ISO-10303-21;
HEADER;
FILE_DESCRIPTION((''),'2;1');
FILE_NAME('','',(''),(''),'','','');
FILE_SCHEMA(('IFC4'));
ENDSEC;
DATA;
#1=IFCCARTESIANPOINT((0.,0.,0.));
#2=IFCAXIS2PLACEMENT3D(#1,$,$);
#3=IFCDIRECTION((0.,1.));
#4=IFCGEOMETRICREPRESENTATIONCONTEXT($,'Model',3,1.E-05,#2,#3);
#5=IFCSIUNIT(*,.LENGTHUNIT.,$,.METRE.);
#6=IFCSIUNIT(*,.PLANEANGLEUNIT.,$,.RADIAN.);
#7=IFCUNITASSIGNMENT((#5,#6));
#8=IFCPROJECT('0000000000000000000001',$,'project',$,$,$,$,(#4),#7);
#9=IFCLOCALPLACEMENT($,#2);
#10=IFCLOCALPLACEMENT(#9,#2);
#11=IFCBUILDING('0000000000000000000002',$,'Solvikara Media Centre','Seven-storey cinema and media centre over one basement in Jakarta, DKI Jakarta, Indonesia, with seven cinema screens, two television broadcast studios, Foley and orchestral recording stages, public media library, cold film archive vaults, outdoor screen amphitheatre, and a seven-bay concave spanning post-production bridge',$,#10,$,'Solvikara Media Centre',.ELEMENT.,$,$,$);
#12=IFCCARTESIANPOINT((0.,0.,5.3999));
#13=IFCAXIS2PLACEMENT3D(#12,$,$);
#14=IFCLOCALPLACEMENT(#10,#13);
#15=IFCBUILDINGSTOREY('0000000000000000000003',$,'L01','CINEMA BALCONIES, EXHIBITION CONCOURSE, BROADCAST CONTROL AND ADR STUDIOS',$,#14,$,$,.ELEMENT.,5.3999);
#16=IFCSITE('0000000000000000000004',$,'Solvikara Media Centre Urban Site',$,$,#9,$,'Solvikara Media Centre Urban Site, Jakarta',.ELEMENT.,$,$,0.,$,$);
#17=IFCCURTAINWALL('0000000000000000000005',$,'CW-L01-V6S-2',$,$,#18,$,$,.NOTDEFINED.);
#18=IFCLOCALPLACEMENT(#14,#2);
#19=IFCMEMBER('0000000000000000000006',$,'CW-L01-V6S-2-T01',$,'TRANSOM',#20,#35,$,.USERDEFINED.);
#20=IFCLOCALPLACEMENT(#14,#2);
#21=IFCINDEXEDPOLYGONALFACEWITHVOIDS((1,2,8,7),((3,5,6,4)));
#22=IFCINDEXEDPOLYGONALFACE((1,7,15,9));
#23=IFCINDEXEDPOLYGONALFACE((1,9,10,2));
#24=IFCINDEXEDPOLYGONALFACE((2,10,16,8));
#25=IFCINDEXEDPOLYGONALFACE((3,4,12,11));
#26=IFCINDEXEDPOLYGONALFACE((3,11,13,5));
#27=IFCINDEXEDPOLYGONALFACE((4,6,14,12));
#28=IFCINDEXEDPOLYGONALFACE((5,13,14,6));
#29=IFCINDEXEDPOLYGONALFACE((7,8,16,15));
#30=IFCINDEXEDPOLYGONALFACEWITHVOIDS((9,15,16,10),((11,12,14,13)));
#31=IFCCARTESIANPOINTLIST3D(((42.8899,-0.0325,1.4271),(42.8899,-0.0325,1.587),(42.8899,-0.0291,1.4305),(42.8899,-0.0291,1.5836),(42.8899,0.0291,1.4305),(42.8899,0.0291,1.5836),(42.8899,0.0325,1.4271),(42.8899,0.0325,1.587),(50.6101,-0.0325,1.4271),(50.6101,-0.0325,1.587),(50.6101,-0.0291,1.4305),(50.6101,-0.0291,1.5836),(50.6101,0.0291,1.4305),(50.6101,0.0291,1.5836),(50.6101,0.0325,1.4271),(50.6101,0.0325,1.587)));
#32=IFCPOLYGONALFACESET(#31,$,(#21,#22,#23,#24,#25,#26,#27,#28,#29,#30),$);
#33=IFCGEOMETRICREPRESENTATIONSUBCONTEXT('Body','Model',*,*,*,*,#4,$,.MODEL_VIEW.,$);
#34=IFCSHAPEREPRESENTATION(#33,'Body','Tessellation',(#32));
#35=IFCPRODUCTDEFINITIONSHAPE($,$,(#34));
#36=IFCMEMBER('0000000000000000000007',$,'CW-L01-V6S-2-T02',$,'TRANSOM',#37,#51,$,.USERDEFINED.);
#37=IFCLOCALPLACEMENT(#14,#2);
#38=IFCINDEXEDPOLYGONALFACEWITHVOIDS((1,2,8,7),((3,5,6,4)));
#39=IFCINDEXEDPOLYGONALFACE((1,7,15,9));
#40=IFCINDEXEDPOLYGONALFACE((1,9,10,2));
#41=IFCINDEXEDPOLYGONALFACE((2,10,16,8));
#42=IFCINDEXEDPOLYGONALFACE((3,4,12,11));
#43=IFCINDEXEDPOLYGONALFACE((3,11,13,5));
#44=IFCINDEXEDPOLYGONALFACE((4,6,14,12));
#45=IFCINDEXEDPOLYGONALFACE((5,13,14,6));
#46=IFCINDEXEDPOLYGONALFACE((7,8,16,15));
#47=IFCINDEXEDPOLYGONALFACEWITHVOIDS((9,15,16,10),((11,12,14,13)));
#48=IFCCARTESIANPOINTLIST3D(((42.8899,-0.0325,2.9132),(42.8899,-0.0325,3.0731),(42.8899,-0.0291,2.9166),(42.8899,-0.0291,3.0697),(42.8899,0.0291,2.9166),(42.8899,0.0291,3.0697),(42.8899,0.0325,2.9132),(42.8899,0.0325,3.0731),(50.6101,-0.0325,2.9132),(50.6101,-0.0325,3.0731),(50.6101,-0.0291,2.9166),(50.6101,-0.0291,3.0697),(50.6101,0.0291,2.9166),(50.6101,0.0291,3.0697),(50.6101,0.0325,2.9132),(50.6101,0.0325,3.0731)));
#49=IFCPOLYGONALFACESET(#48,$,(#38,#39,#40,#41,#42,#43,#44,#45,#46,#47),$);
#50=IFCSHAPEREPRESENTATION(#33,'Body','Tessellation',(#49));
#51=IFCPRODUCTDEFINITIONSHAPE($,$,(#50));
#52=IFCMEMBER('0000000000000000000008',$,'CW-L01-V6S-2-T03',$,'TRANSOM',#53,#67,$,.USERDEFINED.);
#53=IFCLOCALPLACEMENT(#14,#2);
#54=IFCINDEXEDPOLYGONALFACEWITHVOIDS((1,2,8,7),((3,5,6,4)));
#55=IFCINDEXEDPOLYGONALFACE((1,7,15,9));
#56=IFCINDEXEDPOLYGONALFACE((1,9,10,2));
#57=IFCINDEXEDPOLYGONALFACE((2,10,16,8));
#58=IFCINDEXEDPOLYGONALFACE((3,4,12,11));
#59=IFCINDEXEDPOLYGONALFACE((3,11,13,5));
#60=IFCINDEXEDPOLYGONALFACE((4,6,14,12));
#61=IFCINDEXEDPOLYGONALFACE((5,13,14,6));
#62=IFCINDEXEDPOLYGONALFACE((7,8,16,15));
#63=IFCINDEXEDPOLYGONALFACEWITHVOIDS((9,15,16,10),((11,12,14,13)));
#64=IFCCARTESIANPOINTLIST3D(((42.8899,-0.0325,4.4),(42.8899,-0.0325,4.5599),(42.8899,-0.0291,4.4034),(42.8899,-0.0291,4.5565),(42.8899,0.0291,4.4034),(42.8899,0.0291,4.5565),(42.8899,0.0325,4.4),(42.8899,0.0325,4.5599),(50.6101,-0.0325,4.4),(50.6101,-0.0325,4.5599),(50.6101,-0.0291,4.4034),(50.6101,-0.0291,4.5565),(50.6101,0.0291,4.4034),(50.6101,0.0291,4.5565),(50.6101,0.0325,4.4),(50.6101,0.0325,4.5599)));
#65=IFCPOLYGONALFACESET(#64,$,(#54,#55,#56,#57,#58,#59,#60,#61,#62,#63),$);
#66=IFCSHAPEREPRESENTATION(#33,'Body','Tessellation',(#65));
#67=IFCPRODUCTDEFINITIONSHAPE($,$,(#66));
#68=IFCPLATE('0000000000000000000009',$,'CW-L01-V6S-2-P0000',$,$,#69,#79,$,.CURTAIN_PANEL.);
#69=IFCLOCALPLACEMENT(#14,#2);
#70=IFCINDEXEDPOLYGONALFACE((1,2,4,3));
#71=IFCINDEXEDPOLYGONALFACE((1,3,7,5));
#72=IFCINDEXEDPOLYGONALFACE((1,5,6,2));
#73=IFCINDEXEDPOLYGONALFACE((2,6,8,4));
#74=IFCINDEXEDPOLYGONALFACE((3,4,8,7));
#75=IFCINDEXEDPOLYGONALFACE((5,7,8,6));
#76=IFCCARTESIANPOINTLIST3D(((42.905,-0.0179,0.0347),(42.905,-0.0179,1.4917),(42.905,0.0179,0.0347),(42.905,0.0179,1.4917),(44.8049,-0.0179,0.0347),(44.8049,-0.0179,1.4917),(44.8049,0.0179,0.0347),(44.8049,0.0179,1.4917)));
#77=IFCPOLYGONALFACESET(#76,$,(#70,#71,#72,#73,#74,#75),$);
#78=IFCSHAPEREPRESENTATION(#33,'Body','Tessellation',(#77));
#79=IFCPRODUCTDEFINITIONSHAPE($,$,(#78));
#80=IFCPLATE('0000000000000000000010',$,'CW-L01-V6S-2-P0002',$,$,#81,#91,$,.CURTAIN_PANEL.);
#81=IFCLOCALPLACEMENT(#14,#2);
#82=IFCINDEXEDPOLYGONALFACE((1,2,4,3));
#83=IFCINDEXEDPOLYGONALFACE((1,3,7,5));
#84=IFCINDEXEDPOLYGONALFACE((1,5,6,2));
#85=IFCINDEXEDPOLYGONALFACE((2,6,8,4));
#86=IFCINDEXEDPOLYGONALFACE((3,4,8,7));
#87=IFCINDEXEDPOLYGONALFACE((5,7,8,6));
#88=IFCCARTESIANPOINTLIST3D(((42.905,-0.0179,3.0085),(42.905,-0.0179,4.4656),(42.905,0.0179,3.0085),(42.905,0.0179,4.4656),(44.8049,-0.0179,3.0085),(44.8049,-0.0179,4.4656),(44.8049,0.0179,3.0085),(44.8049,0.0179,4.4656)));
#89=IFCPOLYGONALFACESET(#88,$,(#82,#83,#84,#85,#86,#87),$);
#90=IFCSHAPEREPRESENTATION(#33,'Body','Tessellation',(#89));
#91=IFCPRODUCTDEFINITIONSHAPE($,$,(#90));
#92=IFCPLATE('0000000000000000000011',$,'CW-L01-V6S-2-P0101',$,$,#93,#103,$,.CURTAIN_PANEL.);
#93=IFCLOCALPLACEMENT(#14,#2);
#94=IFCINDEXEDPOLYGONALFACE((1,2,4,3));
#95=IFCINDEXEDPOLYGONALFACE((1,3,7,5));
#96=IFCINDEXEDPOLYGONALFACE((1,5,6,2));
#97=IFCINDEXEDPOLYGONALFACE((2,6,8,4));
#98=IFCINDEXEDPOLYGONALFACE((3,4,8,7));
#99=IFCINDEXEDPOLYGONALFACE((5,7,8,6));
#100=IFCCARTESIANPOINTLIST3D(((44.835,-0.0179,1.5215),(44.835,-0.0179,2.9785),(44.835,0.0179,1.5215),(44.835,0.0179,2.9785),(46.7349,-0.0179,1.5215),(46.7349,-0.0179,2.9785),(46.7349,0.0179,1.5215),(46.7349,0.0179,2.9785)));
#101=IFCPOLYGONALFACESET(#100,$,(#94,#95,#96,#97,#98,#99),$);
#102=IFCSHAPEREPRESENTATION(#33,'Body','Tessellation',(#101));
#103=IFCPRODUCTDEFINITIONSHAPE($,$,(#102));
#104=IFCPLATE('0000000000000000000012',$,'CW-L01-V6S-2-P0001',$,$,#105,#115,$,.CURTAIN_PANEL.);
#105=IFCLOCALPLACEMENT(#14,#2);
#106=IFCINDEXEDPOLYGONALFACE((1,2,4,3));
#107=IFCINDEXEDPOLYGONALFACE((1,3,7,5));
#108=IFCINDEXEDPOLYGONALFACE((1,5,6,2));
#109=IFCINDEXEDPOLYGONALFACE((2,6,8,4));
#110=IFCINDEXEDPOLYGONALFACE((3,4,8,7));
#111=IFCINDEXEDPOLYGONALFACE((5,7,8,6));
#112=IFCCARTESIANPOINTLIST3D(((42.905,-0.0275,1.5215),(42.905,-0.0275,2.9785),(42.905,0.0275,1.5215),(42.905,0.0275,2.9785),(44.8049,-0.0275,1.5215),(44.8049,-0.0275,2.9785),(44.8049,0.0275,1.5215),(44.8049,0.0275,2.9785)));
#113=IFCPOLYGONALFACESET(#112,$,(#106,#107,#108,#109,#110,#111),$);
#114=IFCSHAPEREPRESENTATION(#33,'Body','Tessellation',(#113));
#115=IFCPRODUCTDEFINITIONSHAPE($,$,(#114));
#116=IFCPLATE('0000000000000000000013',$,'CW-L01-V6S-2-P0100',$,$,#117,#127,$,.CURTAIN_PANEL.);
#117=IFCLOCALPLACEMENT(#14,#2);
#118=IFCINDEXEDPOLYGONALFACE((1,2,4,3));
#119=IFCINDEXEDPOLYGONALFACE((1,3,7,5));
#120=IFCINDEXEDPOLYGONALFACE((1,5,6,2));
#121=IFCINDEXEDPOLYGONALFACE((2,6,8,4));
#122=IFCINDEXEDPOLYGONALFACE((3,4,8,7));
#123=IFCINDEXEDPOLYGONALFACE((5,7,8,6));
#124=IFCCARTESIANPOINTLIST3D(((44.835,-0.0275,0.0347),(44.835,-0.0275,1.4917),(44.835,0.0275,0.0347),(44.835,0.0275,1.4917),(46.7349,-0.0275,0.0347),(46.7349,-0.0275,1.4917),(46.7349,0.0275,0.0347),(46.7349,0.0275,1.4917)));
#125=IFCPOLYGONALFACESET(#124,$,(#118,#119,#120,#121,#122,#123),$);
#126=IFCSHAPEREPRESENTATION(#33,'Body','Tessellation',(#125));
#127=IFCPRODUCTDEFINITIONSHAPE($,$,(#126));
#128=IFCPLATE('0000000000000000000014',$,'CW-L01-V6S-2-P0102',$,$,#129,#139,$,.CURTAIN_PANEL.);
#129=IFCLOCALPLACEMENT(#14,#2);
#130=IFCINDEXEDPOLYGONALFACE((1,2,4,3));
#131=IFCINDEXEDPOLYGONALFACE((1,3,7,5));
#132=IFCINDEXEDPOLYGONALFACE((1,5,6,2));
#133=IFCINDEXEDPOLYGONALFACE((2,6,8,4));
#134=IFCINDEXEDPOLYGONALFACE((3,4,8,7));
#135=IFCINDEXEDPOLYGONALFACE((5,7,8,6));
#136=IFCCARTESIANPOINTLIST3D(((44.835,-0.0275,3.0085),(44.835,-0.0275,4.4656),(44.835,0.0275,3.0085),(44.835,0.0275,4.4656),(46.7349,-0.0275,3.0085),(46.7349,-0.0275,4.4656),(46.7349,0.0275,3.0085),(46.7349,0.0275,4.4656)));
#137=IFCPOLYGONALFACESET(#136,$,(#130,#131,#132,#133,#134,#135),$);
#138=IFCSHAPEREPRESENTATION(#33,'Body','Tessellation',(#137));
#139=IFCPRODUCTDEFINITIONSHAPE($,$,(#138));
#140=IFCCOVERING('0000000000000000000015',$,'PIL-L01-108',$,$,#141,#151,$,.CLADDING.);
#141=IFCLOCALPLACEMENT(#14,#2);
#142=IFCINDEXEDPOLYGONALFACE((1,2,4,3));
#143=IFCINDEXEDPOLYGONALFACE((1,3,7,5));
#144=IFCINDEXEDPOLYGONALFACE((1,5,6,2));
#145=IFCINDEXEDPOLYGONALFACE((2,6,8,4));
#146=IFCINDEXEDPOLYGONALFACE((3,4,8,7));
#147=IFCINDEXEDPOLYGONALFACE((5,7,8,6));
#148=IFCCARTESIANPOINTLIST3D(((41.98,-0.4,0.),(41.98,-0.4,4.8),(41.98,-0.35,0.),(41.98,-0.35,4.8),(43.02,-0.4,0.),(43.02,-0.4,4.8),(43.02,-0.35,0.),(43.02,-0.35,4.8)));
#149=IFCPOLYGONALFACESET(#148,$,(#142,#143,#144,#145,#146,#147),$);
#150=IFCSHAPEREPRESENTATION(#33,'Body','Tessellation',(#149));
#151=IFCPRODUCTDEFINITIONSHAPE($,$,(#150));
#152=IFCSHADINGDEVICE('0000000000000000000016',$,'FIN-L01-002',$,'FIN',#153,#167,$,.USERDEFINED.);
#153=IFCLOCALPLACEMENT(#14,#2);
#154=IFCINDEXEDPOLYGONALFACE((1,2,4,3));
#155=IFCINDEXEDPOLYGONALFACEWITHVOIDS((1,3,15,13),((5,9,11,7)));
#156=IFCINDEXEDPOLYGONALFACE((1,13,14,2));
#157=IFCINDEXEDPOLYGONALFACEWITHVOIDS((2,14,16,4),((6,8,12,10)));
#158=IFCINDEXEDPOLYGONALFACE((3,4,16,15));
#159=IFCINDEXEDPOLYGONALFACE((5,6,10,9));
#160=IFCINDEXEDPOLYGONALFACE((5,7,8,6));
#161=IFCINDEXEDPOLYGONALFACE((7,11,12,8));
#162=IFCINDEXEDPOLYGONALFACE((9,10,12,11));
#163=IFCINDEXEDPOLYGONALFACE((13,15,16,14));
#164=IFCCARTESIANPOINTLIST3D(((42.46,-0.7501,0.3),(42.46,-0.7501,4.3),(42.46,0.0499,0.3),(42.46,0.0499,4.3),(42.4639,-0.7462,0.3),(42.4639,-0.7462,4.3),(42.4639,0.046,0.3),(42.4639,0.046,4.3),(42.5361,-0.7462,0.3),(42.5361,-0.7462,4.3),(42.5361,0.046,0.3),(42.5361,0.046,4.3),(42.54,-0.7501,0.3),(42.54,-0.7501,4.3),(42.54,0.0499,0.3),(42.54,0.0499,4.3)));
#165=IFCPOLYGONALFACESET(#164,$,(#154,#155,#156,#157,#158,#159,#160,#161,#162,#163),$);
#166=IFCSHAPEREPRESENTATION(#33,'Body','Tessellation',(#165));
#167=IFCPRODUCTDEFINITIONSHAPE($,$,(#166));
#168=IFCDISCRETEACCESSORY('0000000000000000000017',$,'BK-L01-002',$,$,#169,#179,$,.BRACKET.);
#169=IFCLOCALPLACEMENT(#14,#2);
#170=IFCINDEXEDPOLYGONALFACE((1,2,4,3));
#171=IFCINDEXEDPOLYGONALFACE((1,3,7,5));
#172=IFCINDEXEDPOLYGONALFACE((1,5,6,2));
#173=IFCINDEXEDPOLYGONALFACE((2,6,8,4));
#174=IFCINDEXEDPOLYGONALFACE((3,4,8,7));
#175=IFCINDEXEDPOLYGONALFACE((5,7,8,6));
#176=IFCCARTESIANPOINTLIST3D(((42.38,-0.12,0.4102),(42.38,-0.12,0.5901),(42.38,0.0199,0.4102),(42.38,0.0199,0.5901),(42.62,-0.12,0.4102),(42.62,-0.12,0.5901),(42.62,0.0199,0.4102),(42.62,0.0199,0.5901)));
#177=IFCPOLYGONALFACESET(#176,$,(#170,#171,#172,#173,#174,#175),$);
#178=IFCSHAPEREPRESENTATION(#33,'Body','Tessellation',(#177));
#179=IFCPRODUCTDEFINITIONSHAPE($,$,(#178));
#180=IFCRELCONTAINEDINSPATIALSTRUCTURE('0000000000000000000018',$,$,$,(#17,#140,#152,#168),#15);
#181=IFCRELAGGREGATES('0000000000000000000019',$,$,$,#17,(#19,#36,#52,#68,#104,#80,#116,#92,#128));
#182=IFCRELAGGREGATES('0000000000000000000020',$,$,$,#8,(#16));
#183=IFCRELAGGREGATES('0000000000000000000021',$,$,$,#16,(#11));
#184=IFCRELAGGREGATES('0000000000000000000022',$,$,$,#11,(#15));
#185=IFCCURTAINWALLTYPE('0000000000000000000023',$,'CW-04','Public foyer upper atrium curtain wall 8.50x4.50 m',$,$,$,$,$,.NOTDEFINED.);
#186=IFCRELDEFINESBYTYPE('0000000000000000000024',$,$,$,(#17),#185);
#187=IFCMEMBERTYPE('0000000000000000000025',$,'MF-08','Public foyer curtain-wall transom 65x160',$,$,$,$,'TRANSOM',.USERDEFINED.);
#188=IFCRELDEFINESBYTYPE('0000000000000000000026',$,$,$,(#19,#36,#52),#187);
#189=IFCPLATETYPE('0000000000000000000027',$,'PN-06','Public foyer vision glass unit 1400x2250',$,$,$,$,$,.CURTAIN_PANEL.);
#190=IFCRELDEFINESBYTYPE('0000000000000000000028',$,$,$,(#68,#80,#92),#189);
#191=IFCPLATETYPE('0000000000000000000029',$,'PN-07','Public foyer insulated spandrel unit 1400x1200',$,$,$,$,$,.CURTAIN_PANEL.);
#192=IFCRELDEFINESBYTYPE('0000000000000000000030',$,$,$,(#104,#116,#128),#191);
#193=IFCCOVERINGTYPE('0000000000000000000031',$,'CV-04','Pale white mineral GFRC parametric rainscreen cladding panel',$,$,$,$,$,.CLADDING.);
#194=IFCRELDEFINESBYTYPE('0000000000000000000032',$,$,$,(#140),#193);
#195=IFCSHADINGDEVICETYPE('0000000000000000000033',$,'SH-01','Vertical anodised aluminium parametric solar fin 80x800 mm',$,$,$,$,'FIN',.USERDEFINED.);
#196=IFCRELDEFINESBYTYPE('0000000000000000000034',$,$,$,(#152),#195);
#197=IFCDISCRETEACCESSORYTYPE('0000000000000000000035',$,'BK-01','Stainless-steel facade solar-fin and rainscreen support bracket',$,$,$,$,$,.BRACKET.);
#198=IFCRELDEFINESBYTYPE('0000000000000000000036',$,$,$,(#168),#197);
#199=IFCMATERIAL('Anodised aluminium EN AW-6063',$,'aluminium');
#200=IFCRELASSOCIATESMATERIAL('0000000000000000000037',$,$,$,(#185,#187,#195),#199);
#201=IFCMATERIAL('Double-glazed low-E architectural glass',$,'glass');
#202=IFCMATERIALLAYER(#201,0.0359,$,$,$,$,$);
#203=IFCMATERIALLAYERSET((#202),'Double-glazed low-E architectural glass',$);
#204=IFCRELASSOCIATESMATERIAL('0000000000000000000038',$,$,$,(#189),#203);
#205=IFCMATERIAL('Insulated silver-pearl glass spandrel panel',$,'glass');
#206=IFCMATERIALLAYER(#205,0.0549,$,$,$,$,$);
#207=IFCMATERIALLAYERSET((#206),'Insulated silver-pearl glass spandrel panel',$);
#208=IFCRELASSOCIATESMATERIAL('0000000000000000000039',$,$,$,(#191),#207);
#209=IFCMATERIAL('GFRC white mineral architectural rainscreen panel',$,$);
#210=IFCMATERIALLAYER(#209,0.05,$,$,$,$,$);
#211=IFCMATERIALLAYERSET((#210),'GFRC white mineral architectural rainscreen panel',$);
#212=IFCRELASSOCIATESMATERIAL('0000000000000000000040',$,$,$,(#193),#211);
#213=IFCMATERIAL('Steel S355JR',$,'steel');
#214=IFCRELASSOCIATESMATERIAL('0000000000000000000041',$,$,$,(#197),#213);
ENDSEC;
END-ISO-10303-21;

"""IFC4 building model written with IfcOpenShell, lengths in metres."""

from ifc_helpers import new_model, si_unit, direction, frame, origin, origin_2d, place, context, subcontext, project, spatial, rectangle, hollow_rectangle, extrude, material, layer, layer_set, material_profile, profile_set, type_object, element, aggregate, save


model = new_model("IFC4")

# Units and contexts
model_context = context("Model", 3, precision=1e-05, world=origin(), true_north=direction((0.0, 1.0)))
body_context = subcontext(model_context, "Body", "Model", "MODEL_VIEW")
ifc_project = project(units=[si_unit("LENGTHUNIT", "METRE"), si_unit("PLANEANGLEUNIT", "RADIAN")], contexts=[model_context])

# Site, building, storey
site_placement = place(None, origin())
site = spatial("IfcSite", under=ifc_project, at=site_placement, Name="Solvikara Media Centre Urban Site", LongName="Solvikara Media Centre Urban Site, Jakarta", CompositionType="ELEMENT", RefElevation=0.0)
building_placement = place(site_placement, origin())
building = spatial("IfcBuilding", under=site, at=building_placement, Name="Solvikara Media Centre", Description="Seven-storey cinema and media centre over one basement in Jakarta, DKI Jakarta, Indonesia, with seven cinema screens, two television broadcast studios, Foley and orchestral recording stages, public media library, cold film archive vaults, outdoor screen amphitheatre, and a seven-bay concave spanning post-production bridge", LongName="Solvikara Media Centre", CompositionType="ELEMENT")
storey_placement = place(building_placement, frame((0.0, 0.0, 5.3999)))
storey = spatial("IfcBuildingStorey", under=building, at=storey_placement, Name="L01", Description="CINEMA BALCONIES, EXHIBITION CONCOURSE, BROADCAST CONTROL AND ADR STUDIOS", CompositionType="ELEMENT", Elevation=5.3999)

# Shared definitions
ifc_material_1 = material(Name="Steel S355JR", Category="steel")

# Curtain wall, members, plates
ifc_material_2 = material(Name="Anodised aluminium EN AW-6063", Category="aluminium")
curtain_wall_type = type_object("IfcCurtainWallType", Name="CW-04", Description="Public foyer upper atrium curtain wall 8.50x4.50 m", PredefinedType="NOTDEFINED", material=ifc_material_2)
curtain_wall_placement = place(storey_placement, origin())
curtain_wall = element("IfcCurtainWall", 1, at=curtain_wall_placement, inside=storey, type_object=curtain_wall_type, Name="CW-L01-V6S-2", PredefinedType="NOTDEFINED")
ifc_material_profile_1 = material_profile(ifc_material_2, hollow_rectangle(XDim=0.0649, YDim=0.1599, WallThickness=0.0034, at=origin_2d()), Name="ALU-T 65x160x3.5")
ifc_profile_set_1 = profile_set([ifc_material_profile_1], Name="Anodised aluminium EN AW-6063")
member_type_1 = type_object("IfcMemberType", Name="MF-08", Description="Public foyer curtain-wall transom 65x160", ElementType="TRANSOM", PredefinedType="USERDEFINED", material=ifc_profile_set_1)
member_1_placement = place(storey_placement, frame((42.8899, 0.0, 1.5071), z_axis=(1.0, 0.0, 0.0), x_axis=(0.0, 1.0, 0.0)))
member_1 = element("IfcMember", 2, at=member_1_placement, type_object=member_type_1, Name="CW-L01-V6S-2-T01", ObjectType="TRANSOM", PredefinedType="USERDEFINED", context=body_context, shape_type="SweptSolid", body=[
    extrude(hollow_rectangle(XDim=0.0649, YDim=0.1599, WallThickness=0.0034, at=origin_2d()), origin(), (0.0, 0.0, 1.0), 7.7202),
])
member_2_placement = place(storey_placement, frame((42.8899, 0.0, 2.9932), z_axis=(1.0, 0.0, 0.0), x_axis=(0.0, 1.0, 0.0)))
member_2 = element("IfcMember", 3, at=member_2_placement, type_object=member_type_1, Name="CW-L01-V6S-2-T02", ObjectType="TRANSOM", PredefinedType="USERDEFINED", context=body_context, shape_type="SweptSolid", body=[
    extrude(hollow_rectangle(XDim=0.0649, YDim=0.1599, WallThickness=0.0034, at=origin_2d()), origin(), (0.0, 0.0, 1.0), 7.7202),
])
member_3_placement = place(storey_placement, frame((42.8899, 0.0, 4.48), z_axis=(1.0, 0.0, 0.0), x_axis=(0.0, 1.0, 0.0)))
member_3 = element("IfcMember", 4, at=member_3_placement, type_object=member_type_1, Name="CW-L01-V6S-2-T03", ObjectType="TRANSOM", PredefinedType="USERDEFINED", context=body_context, shape_type="SweptSolid", body=[
    extrude(hollow_rectangle(XDim=0.0649, YDim=0.1599, WallThickness=0.0034, at=origin_2d()), origin(), (0.0, 0.0, 1.0), 7.7202),
])
ifc_material_3 = material(Name="Double-glazed low-E architectural glass", Category="glass")
ifc_layer_1 = layer(ifc_material_3, 0.0359)
ifc_layer_set_1 = layer_set([ifc_layer_1], Name="Double-glazed low-E architectural glass")
plate_type_1 = type_object("IfcPlateType", Name="PN-06", Description="Public foyer vision glass unit 1400x2250", PredefinedType="CURTAIN_PANEL", material=ifc_layer_set_1)
plate_1_placement = place(storey_placement, frame((43.855, 0.0, 0.0347), z_axis=(0.0, 0.0, 1.0), x_axis=(1.0, 0.0, 0.0)))
plate_1 = element("IfcPlate", 5, at=plate_1_placement, type_object=plate_type_1, Name="CW-L01-V6S-2-P0000", PredefinedType="CURTAIN_PANEL", context=body_context, shape_type="SweptSolid", body=[
    extrude(rectangle(XDim=1.8999, YDim=0.0359, at=origin_2d()), origin(), (0.0, 0.0, 1.0), 1.457),
])
plate_2_placement = place(storey_placement, frame((43.855, 0.0, 3.0085), z_axis=(0.0, 0.0, 1.0), x_axis=(1.0, 0.0, 0.0)))
plate_2 = element("IfcPlate", 6, at=plate_2_placement, type_object=plate_type_1, Name="CW-L01-V6S-2-P0002", PredefinedType="CURTAIN_PANEL", context=body_context, shape_type="SweptSolid", body=[
    extrude(rectangle(XDim=1.8999, YDim=0.0359, at=origin_2d()), origin(), (0.0, 0.0, 1.0), 1.457),
])
plate_3_placement = place(storey_placement, frame((45.7849, 0.0, 1.5215), z_axis=(0.0, 0.0, 1.0), x_axis=(1.0, 0.0, 0.0)))
plate_3 = element("IfcPlate", 7, at=plate_3_placement, type_object=plate_type_1, Name="CW-L01-V6S-2-P0101", PredefinedType="CURTAIN_PANEL", context=body_context, shape_type="SweptSolid", body=[
    extrude(rectangle(XDim=1.8999, YDim=0.0359, at=origin_2d()), origin(), (0.0, 0.0, 1.0), 1.457),
])
ifc_material_4 = material(Name="Insulated silver-pearl glass spandrel panel", Category="glass")
ifc_layer_2 = layer(ifc_material_4, 0.0549)
ifc_layer_set_2 = layer_set([ifc_layer_2], Name="Insulated silver-pearl glass spandrel panel")
plate_type_2 = type_object("IfcPlateType", Name="PN-07", Description="Public foyer insulated spandrel unit 1400x1200", PredefinedType="CURTAIN_PANEL", material=ifc_layer_set_2)
plate_4_placement = place(storey_placement, frame((43.855, 0.0, 1.5215), z_axis=(0.0, 0.0, 1.0), x_axis=(1.0, 0.0, 0.0)))
plate_4 = element("IfcPlate", 8, at=plate_4_placement, type_object=plate_type_2, Name="CW-L01-V6S-2-P0001", PredefinedType="CURTAIN_PANEL", context=body_context, shape_type="SweptSolid", body=[
    extrude(rectangle(XDim=1.8999, YDim=0.0549, at=origin_2d()), origin(), (0.0, 0.0, 1.0), 1.457),
])
plate_5_placement = place(storey_placement, frame((45.7849, 0.0, 0.0347), z_axis=(0.0, 0.0, 1.0), x_axis=(1.0, 0.0, 0.0)))
plate_5 = element("IfcPlate", 9, at=plate_5_placement, type_object=plate_type_2, Name="CW-L01-V6S-2-P0100", PredefinedType="CURTAIN_PANEL", context=body_context, shape_type="SweptSolid", body=[
    extrude(rectangle(XDim=1.8999, YDim=0.0549, at=origin_2d()), origin(), (0.0, 0.0, 1.0), 1.457),
])
plate_6_placement = place(storey_placement, frame((45.7849, 0.0, 3.0085), z_axis=(0.0, 0.0, 1.0), x_axis=(1.0, 0.0, 0.0)))
plate_6 = element("IfcPlate", 10, at=plate_6_placement, type_object=plate_type_2, Name="CW-L01-V6S-2-P0102", PredefinedType="CURTAIN_PANEL", context=body_context, shape_type="SweptSolid", body=[
    extrude(rectangle(XDim=1.8999, YDim=0.0549, at=origin_2d()), origin(), (0.0, 0.0, 1.0), 1.457),
])
aggregate(curtain_wall, [member_1, member_2, member_3, plate_1, plate_4, plate_2, plate_5, plate_3, plate_6])

# Covering
ifc_material_5 = material(Name="GFRC white mineral architectural rainscreen panel")
ifc_layer_3 = layer(ifc_material_5, 0.05)
ifc_layer_set_3 = layer_set([ifc_layer_3], Name="GFRC white mineral architectural rainscreen panel")
covering_type = type_object("IfcCoveringType", Name="CV-04", Description="Pale white mineral GFRC parametric rainscreen cladding panel", PredefinedType="CLADDING", material=ifc_layer_set_3)
covering_placement = place(storey_placement, frame((42.5, -0.375, 0.0), z_axis=(0.0, 0.0, 1.0), x_axis=(1.0, 0.0, 0.0)))
element("IfcCovering", 11, at=covering_placement, inside=storey, type_object=covering_type, Name="PIL-L01-108", PredefinedType="CLADDING", context=body_context, shape_type="SweptSolid", body=[
    extrude(rectangle(XDim=1.04, YDim=0.05, at=origin_2d()), origin(), (0.0, 0.0, 1.0), 4.8),
])

# Shading device
ifc_material_profile_2 = material_profile(ifc_material_2, hollow_rectangle(XDim=0.0801, YDim=0.8, WallThickness=0.0039, at=origin_2d()), Name="ALU-FIN 80x800x4")
ifc_profile_set_2 = profile_set([ifc_material_profile_2], Name="Anodised aluminium EN AW-6063")
shading_device_type = type_object("IfcShadingDeviceType", Name="SH-01", Description="Vertical anodised aluminium parametric solar fin 80x800 mm", ElementType="FIN", PredefinedType="USERDEFINED", material=ifc_profile_set_2)
shading_device_placement = place(storey_placement, frame((42.5, -0.3501, 0.3), z_axis=(0.0, 0.0, 1.0), x_axis=(1.0, 0.0, 0.0)))
element("IfcShadingDevice", 12, at=shading_device_placement, inside=storey, type_object=shading_device_type, Name="FIN-L01-002", ObjectType="FIN", PredefinedType="USERDEFINED", context=body_context, shape_type="SweptSolid", body=[
    extrude(hollow_rectangle(XDim=0.0801, YDim=0.8, WallThickness=0.0039, at=origin_2d()), origin(), (0.0, 0.0, 1.0), 4.0),
])

# Discrete accessory
discrete_accessory_type = type_object("IfcDiscreteAccessoryType", Name="BK-01", Description="Stainless-steel facade solar-fin and rainscreen support bracket", PredefinedType="BRACKET", material=ifc_material_1)
discrete_accessory_placement = place(storey_placement, frame((42.5, -0.05, 0.4102), z_axis=(0.0, 0.0, 1.0), x_axis=(1.0, 0.0, 0.0)))
element("IfcDiscreteAccessory", 13, at=discrete_accessory_placement, inside=storey, type_object=discrete_accessory_type, Name="BK-L01-002", PredefinedType="BRACKET", context=body_context, shape_type="SweptSolid", body=[
    extrude(rectangle(XDim=0.24, YDim=0.1399, at=origin_2d()), origin(), (0.0, 0.0, 1.0), 0.1799),
])

save(model, "model.ifc")
